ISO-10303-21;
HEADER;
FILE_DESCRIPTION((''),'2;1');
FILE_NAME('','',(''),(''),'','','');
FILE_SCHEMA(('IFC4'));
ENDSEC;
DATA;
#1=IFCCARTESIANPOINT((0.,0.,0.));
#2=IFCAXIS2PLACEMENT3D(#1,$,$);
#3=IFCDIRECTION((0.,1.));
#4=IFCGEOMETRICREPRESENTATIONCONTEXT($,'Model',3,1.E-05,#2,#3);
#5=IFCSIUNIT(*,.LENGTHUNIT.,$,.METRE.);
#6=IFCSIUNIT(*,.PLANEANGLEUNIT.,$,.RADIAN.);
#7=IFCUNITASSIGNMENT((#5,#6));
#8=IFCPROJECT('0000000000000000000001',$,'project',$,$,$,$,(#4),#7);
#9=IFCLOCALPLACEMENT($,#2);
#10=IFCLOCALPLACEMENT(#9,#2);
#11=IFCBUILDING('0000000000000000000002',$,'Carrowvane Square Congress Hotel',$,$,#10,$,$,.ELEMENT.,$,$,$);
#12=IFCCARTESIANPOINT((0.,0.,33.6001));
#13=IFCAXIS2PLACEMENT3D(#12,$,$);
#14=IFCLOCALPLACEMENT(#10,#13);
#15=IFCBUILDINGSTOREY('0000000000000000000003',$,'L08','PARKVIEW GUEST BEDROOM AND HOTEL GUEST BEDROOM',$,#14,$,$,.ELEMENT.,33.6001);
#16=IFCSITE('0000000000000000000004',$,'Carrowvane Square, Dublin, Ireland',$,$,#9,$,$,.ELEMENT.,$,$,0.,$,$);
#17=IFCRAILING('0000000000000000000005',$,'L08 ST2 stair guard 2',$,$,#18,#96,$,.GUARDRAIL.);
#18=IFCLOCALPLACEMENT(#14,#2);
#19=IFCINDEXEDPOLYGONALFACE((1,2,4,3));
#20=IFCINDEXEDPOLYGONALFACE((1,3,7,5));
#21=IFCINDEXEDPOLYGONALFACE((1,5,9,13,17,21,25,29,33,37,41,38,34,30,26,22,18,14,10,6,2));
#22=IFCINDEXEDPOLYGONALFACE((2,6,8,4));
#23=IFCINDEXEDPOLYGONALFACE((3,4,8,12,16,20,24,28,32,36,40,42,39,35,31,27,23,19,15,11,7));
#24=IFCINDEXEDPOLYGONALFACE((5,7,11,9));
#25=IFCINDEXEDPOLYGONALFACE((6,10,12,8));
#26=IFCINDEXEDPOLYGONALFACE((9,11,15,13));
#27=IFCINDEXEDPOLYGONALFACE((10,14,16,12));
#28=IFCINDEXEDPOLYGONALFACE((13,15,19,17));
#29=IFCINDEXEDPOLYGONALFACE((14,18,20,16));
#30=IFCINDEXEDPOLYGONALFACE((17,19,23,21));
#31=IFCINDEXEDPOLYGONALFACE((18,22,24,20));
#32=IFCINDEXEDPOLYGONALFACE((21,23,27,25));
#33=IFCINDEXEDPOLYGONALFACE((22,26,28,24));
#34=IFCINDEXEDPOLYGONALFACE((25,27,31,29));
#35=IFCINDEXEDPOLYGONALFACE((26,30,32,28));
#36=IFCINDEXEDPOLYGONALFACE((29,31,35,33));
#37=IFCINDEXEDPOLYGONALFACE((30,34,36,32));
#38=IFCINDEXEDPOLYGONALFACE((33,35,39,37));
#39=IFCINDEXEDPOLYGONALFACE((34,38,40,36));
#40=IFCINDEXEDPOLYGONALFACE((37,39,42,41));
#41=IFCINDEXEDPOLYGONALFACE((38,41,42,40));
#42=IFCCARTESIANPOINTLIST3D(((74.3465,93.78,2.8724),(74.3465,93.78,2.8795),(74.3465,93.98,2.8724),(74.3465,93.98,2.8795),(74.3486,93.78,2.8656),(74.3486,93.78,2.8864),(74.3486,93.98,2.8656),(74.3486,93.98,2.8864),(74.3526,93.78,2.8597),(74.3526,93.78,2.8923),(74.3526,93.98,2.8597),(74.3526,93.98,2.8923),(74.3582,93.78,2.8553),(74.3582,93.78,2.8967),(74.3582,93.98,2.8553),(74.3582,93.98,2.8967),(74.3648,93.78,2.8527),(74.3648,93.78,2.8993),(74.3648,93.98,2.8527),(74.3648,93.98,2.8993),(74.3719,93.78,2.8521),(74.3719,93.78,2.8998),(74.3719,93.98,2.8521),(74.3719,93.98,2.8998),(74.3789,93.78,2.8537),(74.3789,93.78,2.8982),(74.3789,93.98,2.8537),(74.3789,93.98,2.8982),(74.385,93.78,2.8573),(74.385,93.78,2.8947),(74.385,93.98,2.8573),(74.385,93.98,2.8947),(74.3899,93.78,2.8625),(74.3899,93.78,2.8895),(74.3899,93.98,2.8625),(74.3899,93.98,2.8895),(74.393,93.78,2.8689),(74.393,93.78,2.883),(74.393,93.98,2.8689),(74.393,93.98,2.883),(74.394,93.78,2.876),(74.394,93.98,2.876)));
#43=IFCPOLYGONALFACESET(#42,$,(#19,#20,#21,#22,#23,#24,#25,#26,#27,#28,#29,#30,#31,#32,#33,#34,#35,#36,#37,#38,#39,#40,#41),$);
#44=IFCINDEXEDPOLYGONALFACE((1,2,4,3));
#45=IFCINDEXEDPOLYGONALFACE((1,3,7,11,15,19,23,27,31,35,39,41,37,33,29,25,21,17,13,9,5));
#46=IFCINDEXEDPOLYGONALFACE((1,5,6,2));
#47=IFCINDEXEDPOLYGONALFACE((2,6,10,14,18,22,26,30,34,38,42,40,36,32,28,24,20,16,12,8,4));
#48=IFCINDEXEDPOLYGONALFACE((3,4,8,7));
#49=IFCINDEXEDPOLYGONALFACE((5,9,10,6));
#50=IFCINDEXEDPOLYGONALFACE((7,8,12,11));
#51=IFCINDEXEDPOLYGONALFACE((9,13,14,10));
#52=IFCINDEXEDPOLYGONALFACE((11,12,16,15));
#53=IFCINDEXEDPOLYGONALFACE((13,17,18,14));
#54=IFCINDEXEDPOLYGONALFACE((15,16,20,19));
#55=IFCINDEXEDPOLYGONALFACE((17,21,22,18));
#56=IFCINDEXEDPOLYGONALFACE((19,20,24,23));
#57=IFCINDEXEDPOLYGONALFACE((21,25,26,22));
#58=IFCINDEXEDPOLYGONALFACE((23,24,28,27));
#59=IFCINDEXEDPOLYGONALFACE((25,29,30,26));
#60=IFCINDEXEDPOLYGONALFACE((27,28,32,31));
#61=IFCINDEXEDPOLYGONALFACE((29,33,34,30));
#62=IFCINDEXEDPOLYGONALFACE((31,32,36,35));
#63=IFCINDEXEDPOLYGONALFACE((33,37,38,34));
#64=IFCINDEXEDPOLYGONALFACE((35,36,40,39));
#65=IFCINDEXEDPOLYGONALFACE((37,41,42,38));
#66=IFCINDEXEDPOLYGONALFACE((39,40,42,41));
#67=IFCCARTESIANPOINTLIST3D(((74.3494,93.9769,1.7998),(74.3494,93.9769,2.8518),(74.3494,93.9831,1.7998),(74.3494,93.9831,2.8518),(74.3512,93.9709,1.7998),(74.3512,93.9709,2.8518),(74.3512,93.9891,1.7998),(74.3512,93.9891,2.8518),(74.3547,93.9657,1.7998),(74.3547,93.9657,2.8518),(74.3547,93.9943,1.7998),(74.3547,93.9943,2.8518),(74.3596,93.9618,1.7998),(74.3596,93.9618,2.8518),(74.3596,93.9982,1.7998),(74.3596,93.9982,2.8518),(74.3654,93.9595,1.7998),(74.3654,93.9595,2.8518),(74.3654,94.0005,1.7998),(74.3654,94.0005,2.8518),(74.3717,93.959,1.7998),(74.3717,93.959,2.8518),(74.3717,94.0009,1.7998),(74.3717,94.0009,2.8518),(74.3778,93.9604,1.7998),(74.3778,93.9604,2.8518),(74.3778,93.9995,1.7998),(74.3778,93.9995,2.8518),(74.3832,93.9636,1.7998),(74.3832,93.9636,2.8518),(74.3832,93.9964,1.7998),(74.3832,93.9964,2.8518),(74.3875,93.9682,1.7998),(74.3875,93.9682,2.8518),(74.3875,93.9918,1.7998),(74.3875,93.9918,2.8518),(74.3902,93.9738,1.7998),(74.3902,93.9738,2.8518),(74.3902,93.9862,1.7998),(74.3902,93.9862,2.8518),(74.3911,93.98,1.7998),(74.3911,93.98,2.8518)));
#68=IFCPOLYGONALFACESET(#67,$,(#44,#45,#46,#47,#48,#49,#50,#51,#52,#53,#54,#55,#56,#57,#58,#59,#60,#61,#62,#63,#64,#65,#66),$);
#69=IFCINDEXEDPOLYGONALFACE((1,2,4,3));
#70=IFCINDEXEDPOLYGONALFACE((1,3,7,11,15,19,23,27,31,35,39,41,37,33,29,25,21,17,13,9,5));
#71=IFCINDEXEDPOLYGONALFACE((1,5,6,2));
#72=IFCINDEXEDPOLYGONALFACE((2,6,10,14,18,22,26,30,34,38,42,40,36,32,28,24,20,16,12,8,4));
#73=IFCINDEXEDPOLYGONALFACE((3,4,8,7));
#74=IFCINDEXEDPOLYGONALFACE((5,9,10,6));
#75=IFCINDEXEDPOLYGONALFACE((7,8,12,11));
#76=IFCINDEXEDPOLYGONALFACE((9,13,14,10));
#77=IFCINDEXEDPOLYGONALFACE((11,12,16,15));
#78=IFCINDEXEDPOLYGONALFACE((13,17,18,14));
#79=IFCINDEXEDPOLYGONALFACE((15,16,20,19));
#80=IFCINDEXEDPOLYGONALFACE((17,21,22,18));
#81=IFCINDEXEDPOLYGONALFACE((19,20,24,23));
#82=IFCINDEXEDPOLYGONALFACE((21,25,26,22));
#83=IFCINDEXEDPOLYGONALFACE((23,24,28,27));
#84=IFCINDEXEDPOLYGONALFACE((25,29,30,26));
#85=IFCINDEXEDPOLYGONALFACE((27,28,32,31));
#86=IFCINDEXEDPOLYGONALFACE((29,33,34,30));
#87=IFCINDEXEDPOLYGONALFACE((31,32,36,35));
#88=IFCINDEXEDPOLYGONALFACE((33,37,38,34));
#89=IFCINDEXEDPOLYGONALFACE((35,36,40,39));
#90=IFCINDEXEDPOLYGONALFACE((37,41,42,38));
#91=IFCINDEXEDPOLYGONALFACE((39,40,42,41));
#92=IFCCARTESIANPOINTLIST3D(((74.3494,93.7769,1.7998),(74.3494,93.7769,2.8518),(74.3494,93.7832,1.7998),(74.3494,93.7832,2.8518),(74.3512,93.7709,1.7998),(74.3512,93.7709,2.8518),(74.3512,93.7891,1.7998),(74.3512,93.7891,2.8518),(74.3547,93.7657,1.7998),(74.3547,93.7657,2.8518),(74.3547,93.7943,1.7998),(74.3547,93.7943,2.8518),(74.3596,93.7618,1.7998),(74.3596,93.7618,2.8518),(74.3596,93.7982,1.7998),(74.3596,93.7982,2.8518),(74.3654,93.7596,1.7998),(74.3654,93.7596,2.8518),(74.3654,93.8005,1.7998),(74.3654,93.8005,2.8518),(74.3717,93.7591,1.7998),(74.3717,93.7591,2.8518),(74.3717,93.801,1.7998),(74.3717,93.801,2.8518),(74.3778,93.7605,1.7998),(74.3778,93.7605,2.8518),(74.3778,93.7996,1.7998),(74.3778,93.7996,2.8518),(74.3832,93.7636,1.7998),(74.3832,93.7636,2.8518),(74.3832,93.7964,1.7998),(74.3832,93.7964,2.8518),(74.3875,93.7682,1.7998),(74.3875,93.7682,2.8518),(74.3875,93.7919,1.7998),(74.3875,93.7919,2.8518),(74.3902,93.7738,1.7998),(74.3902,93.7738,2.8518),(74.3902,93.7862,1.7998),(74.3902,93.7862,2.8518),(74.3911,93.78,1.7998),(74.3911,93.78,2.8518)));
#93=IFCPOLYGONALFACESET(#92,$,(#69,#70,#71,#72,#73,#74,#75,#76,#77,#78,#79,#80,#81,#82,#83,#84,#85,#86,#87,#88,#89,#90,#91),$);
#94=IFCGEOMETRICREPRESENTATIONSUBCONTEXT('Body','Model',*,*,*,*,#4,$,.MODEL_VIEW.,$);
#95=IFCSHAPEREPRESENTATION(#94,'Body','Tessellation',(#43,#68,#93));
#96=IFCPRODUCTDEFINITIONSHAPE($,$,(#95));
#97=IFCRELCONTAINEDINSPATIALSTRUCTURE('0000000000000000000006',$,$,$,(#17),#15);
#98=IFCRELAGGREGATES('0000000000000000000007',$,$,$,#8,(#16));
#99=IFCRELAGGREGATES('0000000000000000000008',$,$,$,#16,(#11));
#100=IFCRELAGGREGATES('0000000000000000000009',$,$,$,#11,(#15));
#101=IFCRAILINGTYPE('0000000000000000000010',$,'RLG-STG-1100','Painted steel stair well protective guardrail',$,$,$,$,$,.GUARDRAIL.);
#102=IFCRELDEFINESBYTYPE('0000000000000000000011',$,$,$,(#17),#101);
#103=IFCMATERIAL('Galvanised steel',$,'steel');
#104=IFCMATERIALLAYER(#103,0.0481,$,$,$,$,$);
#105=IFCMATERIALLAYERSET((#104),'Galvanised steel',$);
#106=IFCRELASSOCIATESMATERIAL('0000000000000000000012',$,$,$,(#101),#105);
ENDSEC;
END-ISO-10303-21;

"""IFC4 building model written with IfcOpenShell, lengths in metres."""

from ifc_helpers import new_model, si_unit, direction, frame, origin, origin_2d, place, context, subcontext, project, spatial, circle, extrude, material, layer, layer_set, type_object, element, save


model = new_model("IFC4")

# Units and contexts
model_context = context("Model", 3, precision=1e-05, world=origin(), true_north=direction((0.0, 1.0)))
body_context = subcontext(model_context, "Body", "Model", "MODEL_VIEW")
ifc_project = project(units=[si_unit("LENGTHUNIT", "METRE"), si_unit("PLANEANGLEUNIT", "RADIAN")], contexts=[model_context])

# Site, building, storey
site_placement = place(None, origin())
site = spatial("IfcSite", under=ifc_project, at=site_placement, Name="Carrowvane Square, Dublin, Ireland", CompositionType="ELEMENT", RefElevation=0.0)
building_placement = place(site_placement, origin())
building = spatial("IfcBuilding", under=site, at=building_placement, Name="Carrowvane Square Congress Hotel", CompositionType="ELEMENT")
storey_placement = place(building_placement, frame((0.0, 0.0, 33.6001)))
storey = spatial("IfcBuildingStorey", under=building, at=storey_placement, Name="L08", Description="PARKVIEW GUEST BEDROOM AND HOTEL GUEST BEDROOM", CompositionType="ELEMENT", Elevation=33.6001)

# Railing
ifc_material_1 = material(Name="Galvanised steel", Category="steel")
ifc_layer_1 = layer(ifc_material_1, 0.0481)
ifc_layer_set_1 = layer_set([ifc_layer_1], Name="Galvanised steel")
railing_type_1 = type_object("IfcRailingType", Name="RLG-STG-1100", Description="Painted steel stair well protective guardrail", PredefinedType="GUARDRAIL", material=ifc_layer_set_1)
railing_1_placement = place(storey_placement, frame((74.3701, 93.98, 1.7998)))
element("IfcRailing", 1, at=railing_1_placement, inside=storey, type_object=railing_type_1, Name="L08 ST2 stair guard 2", PredefinedType="GUARDRAIL", context=body_context, shape_type="SweptSolid", body=[
    extrude(circle(Radius=0.0239, at=origin_2d()), frame((0.0, 0.0, 1.0762), z_axis=(0.0, -1.0, 0.0), x_axis=(1.0, 0.0, 0.0)), (0.0, 0.0, 1.0), 0.2),
    extrude(circle(Radius=0.021, at=origin_2d()), origin(), (0.0, 0.0, 1.0), 1.052),
    extrude(circle(Radius=0.021, at=origin_2d()), frame((0.0, -0.2, 0.0)), (0.0, 0.0, 1.0), 1.052),
])

save(model, "model.ifc")
